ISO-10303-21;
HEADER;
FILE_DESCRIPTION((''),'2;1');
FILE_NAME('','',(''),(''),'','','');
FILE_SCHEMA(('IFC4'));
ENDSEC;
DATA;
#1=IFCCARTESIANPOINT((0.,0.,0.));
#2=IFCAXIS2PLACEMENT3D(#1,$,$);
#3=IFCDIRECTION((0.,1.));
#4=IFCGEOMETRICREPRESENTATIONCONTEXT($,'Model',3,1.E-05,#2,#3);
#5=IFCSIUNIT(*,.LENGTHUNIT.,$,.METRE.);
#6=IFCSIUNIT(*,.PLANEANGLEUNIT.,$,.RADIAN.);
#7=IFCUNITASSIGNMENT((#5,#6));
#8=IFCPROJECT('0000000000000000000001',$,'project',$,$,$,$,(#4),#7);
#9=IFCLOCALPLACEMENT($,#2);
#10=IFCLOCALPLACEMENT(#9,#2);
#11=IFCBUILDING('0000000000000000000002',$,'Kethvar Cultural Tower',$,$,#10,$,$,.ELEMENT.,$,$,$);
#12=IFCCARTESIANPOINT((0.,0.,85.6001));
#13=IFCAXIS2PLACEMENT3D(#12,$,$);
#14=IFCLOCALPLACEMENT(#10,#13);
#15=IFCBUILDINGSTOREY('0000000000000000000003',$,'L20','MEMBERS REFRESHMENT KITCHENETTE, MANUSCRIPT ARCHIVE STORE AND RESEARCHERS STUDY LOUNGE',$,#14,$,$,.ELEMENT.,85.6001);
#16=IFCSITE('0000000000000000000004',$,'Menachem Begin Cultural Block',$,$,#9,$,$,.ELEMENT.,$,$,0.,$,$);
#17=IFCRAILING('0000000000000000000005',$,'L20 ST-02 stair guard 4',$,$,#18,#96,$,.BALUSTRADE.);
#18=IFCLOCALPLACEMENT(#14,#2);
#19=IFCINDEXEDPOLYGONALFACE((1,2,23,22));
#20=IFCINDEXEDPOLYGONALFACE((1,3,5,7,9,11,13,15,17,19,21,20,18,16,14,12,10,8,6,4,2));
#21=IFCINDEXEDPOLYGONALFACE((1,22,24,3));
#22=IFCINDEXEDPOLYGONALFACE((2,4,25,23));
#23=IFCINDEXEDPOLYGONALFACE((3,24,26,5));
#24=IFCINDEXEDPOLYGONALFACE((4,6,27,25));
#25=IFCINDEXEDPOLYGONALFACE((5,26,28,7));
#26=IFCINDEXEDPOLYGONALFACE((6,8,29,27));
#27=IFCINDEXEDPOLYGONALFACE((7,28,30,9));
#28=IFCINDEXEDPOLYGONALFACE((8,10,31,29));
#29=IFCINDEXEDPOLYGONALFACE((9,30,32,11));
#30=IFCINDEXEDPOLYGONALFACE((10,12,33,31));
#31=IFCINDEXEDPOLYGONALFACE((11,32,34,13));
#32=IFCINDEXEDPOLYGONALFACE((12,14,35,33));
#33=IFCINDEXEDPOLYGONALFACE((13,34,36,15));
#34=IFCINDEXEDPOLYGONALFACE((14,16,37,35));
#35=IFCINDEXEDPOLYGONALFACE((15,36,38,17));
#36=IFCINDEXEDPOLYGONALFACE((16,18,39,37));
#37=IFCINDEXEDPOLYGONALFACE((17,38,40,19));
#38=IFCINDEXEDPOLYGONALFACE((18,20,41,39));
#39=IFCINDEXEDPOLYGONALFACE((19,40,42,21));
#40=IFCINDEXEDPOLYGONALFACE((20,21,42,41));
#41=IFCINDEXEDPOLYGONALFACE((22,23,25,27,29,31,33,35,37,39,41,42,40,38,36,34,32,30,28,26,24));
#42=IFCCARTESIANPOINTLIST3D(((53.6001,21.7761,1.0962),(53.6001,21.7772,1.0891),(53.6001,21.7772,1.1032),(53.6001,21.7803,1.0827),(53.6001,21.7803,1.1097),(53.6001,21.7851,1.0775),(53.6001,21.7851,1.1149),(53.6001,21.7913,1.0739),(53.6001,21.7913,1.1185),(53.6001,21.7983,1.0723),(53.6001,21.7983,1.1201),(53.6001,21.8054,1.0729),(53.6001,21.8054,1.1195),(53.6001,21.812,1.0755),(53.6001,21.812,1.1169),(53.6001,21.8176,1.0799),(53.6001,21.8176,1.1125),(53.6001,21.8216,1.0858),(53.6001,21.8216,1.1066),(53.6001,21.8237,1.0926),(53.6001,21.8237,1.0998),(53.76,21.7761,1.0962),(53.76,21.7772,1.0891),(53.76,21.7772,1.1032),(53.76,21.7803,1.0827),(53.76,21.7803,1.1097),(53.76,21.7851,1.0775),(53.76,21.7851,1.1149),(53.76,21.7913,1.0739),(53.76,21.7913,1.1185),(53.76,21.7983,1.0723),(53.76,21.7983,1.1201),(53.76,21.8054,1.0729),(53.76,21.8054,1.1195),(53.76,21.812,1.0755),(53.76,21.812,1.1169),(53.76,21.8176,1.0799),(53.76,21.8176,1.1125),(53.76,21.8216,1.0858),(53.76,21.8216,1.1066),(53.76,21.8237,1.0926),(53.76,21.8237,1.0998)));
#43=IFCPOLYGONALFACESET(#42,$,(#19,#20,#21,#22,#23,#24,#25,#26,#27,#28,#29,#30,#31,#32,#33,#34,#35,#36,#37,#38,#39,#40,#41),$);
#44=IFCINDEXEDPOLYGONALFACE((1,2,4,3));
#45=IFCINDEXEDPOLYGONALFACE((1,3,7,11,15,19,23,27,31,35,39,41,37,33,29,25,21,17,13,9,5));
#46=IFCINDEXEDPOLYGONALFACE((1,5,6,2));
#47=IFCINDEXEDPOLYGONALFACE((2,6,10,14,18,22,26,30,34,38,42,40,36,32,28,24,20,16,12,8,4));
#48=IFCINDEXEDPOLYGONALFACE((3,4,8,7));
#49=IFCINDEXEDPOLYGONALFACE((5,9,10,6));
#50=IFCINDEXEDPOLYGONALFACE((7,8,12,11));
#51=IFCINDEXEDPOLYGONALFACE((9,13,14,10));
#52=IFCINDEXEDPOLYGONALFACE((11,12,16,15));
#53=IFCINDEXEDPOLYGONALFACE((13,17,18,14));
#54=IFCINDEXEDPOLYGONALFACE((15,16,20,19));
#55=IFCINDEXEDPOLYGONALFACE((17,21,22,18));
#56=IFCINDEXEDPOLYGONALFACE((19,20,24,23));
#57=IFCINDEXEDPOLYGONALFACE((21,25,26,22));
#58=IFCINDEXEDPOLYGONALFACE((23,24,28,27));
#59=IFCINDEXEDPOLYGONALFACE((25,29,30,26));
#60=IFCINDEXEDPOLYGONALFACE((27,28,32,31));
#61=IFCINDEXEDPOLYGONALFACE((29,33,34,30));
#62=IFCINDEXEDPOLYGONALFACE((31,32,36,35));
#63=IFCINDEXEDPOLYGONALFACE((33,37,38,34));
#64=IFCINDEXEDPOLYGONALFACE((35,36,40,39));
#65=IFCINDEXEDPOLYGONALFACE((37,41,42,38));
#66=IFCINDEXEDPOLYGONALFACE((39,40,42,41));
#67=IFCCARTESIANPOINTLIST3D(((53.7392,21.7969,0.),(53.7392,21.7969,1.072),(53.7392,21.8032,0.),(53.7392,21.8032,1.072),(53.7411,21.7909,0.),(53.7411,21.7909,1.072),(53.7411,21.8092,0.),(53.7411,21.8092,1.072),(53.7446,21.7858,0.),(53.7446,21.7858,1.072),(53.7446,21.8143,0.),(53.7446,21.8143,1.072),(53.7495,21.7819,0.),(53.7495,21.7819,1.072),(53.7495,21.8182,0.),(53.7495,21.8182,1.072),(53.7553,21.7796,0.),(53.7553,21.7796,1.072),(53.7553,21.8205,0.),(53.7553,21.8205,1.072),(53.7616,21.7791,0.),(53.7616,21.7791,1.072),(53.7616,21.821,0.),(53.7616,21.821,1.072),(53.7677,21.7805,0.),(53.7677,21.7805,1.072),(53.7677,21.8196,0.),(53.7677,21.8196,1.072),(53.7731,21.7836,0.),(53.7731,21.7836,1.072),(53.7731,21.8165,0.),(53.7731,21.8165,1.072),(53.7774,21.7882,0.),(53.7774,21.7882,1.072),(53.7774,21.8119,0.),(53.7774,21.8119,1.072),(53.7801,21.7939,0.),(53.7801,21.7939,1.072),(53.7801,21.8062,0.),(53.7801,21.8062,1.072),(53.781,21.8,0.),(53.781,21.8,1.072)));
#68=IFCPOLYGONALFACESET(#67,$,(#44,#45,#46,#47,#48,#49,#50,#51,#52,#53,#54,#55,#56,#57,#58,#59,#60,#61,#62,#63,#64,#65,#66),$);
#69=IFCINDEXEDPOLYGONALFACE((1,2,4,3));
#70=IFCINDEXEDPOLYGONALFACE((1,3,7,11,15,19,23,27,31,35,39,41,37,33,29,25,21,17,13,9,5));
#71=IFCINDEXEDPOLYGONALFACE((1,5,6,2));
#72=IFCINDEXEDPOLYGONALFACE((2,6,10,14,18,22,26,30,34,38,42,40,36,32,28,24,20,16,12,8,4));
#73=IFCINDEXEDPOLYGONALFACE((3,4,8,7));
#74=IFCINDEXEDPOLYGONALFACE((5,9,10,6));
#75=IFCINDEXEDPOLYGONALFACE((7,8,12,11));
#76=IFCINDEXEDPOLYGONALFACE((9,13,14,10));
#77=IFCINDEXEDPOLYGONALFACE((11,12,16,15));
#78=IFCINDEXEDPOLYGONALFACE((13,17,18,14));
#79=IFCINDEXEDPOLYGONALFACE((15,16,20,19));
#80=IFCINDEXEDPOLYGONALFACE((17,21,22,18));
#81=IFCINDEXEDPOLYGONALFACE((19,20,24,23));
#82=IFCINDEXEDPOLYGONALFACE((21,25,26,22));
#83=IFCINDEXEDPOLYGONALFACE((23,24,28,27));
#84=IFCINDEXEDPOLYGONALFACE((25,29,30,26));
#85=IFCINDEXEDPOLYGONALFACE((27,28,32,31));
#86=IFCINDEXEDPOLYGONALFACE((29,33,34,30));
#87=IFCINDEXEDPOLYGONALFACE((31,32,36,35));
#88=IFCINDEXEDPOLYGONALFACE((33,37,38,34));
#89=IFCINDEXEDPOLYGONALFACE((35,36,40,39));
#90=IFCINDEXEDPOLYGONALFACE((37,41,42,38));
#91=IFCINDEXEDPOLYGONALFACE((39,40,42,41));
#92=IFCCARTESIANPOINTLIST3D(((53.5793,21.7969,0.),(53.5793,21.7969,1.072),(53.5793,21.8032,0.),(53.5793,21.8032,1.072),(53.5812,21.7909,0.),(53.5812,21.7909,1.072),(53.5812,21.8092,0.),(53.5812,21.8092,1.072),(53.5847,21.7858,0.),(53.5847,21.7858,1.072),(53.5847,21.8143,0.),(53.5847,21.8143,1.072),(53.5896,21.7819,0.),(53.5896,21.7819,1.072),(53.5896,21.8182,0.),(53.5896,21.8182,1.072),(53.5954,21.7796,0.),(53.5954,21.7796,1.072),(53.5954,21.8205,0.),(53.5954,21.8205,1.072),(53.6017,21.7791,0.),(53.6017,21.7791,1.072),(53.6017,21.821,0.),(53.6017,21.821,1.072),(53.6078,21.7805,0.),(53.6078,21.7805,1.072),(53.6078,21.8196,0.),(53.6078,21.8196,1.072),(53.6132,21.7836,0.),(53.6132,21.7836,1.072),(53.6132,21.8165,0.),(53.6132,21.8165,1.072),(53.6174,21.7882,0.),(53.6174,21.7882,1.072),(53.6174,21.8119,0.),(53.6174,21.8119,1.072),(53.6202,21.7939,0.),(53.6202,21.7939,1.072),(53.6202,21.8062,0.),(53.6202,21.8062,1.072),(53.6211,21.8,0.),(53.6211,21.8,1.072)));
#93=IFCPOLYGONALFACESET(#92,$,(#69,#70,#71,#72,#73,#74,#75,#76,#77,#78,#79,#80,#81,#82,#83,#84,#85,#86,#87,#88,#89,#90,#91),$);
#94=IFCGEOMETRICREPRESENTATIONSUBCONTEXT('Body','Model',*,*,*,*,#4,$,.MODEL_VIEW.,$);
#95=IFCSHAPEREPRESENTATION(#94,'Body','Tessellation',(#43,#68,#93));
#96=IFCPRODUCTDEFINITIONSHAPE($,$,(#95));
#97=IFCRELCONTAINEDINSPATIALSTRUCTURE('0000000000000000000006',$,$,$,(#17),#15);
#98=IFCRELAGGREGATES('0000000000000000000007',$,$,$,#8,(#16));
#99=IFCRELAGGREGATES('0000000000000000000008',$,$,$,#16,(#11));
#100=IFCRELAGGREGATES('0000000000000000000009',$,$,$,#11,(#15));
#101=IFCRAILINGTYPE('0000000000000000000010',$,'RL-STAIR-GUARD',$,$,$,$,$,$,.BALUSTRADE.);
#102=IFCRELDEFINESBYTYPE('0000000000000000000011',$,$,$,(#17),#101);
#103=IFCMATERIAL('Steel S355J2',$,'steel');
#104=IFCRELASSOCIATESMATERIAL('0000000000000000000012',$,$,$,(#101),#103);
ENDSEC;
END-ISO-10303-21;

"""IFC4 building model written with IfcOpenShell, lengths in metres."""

from ifc_helpers import new_model, si_unit, direction, frame, origin, origin_2d, place, context, subcontext, project, spatial, circle, extrude, material, type_object, element, save


model = new_model("IFC4")

# Units and contexts
model_context = context("Model", 3, precision=1e-05, world=origin(), true_north=direction((0.0, 1.0)))
body_context = subcontext(model_context, "Body", "Model", "MODEL_VIEW")
ifc_project = project(units=[si_unit("LENGTHUNIT", "METRE"), si_unit("PLANEANGLEUNIT", "RADIAN")], contexts=[model_context])

# Site, building, storey
site_placement = place(None, origin())
site = spatial("IfcSite", under=ifc_project, at=site_placement, Name="Menachem Begin Cultural Block", CompositionType="ELEMENT", RefElevation=0.0)
building_placement = place(site_placement, origin())
building = spatial("IfcBuilding", under=site, at=building_placement, Name="Kethvar Cultural Tower", CompositionType="ELEMENT")
storey_placement = place(building_placement, frame((0.0, 0.0, 85.6001)))
storey = spatial("IfcBuildingStorey", under=building, at=storey_placement, Name="L20", Description="MEMBERS REFRESHMENT KITCHENETTE, MANUSCRIPT ARCHIVE STORE AND RESEARCHERS STUDY LOUNGE", CompositionType="ELEMENT", Elevation=85.6001)

# Shared definitions
ifc_material_1 = material(Name="Steel S355J2", Category="steel")

# Railing
railing_type_1 = type_object("IfcRailingType", Name="RL-STAIR-GUARD", PredefinedType="BALUSTRADE", material=ifc_material_1)
railing_1_placement = place(storey_placement, frame((53.76, 21.8, 0.0)))
element("IfcRailing", 1, at=railing_1_placement, inside=storey, type_object=railing_type_1, Name="L20 ST-02 stair guard 4", PredefinedType="BALUSTRADE", context=body_context, shape_type="SweptSolid", body=[
    extrude(circle(Radius=0.0239, at=origin_2d()), frame((0.0, 0.0, 1.0962), z_axis=(-1.0, 0.0, 0.0), x_axis=(0.0, -1.0, 0.0)), (0.0, 0.0, 1.0), 0.1599),
    extrude(circle(Radius=0.021, at=origin_2d()), origin(), (0.0, 0.0, 1.0), 1.072),
    extrude(circle(Radius=0.021, at=origin_2d()), frame((-0.1599, 0.0, 0.0)), (0.0, 0.0, 1.0), 1.072),
])

save(model, "model.ifc")
